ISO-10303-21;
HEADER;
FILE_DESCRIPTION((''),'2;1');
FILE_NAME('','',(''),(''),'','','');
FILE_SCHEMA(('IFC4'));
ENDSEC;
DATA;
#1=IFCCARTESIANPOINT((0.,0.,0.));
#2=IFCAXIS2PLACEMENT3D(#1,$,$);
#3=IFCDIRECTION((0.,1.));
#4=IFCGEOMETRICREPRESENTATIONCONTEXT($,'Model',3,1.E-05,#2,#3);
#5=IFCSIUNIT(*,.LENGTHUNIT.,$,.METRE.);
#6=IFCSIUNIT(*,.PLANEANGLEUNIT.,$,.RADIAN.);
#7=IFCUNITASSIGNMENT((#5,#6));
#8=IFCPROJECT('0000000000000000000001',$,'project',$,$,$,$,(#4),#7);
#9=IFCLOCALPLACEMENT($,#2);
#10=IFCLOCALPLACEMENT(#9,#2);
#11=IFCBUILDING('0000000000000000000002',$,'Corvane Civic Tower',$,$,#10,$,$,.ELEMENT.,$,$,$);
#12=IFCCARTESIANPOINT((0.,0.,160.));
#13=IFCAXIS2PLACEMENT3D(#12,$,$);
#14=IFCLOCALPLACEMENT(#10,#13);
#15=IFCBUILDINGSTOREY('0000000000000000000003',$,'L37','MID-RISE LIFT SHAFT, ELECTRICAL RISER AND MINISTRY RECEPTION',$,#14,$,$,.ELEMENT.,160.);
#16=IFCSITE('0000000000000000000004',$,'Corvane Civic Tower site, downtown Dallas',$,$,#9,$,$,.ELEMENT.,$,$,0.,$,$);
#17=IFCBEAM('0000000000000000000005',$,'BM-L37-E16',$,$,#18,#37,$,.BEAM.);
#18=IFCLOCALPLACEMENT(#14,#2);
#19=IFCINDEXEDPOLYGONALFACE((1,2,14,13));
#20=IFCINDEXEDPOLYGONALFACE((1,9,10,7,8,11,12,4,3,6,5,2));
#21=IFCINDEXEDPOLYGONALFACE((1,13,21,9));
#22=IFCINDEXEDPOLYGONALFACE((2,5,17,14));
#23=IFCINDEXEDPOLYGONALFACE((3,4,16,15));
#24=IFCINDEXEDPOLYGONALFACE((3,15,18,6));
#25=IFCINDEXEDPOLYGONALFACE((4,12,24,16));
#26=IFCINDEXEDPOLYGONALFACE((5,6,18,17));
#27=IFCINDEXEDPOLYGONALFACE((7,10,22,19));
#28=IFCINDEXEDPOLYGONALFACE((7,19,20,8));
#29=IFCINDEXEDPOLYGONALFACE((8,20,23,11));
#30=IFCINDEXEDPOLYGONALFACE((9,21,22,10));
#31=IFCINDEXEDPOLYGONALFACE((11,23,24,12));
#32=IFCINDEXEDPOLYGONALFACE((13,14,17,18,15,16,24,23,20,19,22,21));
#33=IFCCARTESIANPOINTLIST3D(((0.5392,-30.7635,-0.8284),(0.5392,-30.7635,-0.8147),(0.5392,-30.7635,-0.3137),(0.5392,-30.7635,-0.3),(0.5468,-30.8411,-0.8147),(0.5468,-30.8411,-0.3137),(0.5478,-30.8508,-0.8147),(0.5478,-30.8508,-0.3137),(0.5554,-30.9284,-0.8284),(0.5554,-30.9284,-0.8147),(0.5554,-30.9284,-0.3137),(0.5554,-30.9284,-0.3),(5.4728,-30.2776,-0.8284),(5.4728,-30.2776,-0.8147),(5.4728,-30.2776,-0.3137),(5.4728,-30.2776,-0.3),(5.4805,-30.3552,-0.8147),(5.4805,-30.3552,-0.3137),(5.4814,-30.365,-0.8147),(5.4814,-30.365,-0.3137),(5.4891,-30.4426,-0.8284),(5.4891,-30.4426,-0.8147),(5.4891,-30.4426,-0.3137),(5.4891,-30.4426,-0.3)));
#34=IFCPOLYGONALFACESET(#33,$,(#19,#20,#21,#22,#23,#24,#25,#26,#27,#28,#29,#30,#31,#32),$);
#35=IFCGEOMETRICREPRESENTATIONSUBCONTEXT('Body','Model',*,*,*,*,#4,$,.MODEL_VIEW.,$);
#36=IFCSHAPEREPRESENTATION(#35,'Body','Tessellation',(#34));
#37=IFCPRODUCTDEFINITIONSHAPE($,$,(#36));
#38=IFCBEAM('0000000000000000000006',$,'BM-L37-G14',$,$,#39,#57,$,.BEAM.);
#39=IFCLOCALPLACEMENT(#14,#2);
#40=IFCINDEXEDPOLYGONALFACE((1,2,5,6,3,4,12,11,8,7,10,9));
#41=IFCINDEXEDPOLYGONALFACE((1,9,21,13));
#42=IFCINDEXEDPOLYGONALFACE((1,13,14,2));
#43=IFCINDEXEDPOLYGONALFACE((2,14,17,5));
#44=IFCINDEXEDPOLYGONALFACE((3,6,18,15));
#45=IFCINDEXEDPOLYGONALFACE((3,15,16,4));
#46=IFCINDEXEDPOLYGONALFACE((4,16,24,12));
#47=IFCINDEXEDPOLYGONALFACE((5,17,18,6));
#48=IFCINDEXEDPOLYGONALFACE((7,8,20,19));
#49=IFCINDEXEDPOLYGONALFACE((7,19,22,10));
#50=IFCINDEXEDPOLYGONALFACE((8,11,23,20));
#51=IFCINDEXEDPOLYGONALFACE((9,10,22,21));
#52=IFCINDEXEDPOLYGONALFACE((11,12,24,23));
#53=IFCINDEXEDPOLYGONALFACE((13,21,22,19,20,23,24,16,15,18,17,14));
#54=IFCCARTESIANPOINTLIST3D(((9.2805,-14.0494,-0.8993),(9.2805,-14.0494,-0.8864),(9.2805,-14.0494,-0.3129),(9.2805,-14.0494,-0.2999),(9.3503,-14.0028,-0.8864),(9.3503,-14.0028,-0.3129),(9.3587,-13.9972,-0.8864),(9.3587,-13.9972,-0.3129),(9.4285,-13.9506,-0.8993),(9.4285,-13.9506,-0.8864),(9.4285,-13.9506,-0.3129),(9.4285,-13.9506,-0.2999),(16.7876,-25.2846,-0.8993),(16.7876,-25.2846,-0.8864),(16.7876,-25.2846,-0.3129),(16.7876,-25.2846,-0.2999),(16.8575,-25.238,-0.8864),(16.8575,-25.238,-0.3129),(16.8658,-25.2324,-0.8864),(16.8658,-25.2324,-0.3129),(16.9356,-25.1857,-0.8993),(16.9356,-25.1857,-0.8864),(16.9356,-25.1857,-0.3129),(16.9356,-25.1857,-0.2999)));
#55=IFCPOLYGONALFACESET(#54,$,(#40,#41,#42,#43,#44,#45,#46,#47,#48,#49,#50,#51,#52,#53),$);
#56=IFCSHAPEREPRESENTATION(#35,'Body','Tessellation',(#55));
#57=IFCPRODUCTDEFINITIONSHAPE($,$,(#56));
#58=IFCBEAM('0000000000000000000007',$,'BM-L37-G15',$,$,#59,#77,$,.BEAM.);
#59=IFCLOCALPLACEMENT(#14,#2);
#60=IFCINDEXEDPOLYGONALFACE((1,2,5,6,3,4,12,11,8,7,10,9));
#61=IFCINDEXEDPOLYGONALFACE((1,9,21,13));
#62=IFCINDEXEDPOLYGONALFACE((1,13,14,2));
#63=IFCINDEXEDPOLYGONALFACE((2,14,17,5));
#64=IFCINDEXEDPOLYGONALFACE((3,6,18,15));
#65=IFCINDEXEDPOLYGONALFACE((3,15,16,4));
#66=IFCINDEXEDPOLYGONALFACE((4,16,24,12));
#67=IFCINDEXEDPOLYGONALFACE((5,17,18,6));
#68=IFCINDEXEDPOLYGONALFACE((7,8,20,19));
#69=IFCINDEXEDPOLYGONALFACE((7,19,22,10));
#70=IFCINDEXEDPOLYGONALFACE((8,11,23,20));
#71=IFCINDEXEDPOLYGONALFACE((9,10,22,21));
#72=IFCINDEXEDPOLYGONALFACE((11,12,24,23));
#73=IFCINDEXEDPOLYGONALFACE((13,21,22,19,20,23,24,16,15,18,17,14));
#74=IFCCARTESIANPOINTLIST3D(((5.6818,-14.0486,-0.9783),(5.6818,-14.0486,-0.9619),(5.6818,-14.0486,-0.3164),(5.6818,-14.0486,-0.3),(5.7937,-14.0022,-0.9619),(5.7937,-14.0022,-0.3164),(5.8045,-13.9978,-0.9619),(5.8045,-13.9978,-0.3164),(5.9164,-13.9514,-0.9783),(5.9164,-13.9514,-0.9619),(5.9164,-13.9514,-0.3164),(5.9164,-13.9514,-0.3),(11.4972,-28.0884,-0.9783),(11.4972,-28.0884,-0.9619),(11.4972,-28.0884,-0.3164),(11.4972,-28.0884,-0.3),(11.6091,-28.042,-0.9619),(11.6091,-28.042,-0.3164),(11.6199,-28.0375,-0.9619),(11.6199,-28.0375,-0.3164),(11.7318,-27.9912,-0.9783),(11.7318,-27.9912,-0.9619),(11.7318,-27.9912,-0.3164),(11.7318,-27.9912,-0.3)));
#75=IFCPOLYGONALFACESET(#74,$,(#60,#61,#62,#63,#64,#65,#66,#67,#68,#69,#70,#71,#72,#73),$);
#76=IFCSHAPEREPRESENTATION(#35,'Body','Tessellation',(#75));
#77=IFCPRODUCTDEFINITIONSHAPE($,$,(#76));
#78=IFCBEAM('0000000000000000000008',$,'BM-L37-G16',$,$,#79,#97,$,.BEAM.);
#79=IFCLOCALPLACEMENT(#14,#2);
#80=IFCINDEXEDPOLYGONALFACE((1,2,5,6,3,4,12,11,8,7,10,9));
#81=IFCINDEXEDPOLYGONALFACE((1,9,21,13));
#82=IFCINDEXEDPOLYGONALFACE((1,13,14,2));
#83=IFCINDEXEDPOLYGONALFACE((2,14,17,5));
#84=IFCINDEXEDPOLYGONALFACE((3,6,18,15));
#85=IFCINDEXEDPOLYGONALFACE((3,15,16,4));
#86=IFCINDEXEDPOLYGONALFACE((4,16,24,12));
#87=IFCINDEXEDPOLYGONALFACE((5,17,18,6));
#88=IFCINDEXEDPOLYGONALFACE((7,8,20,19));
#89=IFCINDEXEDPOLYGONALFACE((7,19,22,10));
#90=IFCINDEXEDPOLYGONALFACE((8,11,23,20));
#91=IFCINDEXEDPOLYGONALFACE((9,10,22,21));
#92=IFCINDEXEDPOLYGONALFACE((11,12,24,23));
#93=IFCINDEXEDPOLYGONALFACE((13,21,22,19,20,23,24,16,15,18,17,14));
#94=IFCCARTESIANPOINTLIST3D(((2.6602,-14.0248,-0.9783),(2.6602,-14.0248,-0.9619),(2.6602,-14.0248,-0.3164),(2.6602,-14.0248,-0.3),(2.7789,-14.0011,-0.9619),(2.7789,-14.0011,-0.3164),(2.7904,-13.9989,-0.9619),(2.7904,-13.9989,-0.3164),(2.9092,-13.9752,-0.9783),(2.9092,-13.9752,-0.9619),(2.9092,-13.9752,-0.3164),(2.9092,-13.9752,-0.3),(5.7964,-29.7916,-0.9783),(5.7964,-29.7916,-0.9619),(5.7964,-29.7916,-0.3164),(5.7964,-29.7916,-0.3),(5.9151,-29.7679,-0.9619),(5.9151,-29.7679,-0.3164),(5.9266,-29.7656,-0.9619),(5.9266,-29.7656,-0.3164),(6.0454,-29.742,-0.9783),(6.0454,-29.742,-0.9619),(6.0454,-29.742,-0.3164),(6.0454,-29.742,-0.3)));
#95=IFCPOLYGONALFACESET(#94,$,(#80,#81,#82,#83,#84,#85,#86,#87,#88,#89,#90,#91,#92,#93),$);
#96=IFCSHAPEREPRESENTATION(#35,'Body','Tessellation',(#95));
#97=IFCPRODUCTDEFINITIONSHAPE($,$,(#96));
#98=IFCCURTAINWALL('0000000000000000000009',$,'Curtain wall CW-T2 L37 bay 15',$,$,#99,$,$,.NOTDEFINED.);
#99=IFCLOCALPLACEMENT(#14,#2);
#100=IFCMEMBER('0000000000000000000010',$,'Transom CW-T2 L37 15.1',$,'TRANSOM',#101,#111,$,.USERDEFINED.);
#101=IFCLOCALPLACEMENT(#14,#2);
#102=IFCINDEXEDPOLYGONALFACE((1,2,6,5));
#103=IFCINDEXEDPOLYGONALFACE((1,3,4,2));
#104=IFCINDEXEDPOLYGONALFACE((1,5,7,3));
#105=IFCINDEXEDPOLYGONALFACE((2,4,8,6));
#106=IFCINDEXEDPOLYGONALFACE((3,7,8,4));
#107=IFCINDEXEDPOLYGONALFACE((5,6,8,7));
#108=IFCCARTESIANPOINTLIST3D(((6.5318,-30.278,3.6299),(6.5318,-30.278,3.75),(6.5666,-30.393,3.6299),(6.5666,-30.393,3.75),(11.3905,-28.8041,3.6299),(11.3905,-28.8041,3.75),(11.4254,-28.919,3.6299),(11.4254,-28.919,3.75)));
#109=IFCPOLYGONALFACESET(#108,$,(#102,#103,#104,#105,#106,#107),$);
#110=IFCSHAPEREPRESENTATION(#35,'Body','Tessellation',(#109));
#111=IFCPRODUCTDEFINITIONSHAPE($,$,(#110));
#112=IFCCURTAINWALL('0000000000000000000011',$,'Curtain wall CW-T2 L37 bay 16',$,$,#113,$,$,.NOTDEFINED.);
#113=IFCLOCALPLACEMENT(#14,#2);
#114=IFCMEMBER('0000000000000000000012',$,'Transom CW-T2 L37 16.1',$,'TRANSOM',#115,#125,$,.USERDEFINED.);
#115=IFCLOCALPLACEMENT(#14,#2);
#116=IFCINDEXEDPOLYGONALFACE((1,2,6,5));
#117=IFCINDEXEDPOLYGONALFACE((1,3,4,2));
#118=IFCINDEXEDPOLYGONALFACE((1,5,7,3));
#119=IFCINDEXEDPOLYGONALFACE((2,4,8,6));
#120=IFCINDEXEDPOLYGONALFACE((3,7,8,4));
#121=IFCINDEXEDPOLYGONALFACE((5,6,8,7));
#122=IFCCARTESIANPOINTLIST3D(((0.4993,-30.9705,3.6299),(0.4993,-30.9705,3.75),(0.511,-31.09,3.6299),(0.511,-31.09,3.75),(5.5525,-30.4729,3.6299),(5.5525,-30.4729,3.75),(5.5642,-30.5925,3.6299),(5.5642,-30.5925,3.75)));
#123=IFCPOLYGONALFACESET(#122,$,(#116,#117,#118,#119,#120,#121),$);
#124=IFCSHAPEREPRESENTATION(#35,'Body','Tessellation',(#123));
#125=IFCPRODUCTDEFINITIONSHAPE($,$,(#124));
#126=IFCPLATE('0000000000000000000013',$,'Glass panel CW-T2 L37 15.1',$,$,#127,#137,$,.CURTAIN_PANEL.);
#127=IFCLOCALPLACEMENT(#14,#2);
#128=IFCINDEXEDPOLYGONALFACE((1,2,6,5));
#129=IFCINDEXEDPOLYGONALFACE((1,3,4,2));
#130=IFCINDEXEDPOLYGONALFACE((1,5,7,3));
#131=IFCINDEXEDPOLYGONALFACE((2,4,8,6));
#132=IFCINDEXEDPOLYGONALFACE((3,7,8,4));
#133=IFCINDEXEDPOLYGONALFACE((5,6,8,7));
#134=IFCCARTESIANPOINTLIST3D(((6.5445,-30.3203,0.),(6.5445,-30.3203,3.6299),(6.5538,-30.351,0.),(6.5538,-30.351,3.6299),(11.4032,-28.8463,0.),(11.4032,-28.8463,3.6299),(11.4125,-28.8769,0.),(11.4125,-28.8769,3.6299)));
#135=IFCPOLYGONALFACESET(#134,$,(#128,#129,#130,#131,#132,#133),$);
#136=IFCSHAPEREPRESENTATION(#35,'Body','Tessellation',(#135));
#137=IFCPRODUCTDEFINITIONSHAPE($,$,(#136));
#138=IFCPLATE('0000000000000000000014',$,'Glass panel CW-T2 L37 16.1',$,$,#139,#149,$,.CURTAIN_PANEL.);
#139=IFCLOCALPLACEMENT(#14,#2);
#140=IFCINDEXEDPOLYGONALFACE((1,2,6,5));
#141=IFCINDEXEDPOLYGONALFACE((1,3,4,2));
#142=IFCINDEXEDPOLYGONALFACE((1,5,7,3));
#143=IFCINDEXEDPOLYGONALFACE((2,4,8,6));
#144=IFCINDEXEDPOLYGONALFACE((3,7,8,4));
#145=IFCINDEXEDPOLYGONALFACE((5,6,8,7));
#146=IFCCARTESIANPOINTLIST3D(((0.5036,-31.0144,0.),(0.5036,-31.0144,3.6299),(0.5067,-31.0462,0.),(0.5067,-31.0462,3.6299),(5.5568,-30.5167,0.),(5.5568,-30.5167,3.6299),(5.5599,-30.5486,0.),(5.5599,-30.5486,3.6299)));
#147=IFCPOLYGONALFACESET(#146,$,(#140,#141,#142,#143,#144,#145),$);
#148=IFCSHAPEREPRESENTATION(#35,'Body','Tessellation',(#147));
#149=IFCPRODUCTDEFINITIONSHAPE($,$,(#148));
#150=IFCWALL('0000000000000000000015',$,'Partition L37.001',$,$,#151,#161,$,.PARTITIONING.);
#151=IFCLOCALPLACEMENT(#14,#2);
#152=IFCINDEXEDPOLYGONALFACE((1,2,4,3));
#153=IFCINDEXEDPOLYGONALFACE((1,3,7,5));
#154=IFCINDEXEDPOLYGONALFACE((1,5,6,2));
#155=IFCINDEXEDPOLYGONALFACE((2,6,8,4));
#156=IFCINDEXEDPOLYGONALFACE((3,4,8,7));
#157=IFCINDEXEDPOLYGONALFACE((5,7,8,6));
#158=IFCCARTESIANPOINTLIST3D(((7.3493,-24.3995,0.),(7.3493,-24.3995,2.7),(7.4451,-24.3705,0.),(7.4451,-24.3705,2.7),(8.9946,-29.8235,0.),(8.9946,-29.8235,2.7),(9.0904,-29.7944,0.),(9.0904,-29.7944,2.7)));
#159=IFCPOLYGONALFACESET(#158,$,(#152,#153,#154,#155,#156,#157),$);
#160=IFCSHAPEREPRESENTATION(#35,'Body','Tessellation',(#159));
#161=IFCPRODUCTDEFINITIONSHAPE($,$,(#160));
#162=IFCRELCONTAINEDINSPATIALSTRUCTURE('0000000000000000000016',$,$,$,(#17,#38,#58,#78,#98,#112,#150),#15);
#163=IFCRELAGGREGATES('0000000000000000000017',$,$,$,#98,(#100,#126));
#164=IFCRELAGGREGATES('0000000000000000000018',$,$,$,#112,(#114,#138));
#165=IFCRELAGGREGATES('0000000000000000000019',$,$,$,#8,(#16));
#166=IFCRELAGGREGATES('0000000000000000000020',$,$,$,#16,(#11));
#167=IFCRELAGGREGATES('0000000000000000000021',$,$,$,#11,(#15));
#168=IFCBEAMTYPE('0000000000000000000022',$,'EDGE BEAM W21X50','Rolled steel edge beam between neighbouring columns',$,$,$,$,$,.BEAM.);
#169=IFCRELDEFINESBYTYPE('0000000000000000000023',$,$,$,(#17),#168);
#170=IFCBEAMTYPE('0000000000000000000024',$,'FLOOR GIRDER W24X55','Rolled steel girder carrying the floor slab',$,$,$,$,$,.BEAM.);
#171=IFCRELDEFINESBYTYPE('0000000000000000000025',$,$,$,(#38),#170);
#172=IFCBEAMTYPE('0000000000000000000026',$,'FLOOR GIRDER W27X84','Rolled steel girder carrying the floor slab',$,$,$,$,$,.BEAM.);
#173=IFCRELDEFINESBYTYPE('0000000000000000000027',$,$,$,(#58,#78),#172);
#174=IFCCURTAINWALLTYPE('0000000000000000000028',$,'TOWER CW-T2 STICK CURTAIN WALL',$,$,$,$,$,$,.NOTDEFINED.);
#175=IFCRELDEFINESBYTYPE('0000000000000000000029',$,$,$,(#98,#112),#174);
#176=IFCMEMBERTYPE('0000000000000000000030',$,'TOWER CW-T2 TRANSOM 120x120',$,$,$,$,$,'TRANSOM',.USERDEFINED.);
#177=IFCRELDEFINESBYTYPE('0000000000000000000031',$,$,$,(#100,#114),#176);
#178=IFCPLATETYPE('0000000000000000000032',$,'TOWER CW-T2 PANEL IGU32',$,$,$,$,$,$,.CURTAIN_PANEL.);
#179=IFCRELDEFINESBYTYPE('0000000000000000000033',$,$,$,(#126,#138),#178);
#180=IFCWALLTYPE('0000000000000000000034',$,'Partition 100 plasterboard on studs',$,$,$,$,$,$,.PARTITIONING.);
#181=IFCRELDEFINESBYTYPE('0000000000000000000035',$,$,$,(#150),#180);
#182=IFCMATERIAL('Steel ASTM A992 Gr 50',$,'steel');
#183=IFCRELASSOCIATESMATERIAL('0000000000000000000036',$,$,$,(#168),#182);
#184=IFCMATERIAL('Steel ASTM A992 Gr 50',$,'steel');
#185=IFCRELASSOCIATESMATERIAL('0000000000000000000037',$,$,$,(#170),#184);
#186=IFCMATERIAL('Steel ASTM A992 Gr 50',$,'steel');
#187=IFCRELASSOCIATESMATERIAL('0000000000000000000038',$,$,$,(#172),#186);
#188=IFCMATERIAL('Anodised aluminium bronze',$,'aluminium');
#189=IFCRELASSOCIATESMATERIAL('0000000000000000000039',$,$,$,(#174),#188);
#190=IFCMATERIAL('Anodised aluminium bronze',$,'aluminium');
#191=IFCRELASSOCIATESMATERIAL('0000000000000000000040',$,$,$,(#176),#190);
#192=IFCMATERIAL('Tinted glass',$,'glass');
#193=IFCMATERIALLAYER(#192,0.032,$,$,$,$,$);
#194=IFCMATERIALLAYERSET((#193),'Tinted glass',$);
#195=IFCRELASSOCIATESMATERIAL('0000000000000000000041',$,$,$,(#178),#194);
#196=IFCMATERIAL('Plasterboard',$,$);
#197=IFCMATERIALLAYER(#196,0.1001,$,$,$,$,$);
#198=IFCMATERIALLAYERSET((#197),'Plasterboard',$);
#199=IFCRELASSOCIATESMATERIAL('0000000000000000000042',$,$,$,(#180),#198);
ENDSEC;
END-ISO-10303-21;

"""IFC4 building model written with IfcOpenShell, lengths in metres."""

from ifc_helpers import new_model, si_unit, direction, frame, frame_2d, origin, origin_2d, place, context, subcontext, project, spatial, rectangle, i_section, extrude, material, layer, layer_set, material_profile, profile_set, type_object, element, aggregate, save


model = new_model("IFC4")

# Units and contexts
model_context = context("Model", 3, precision=1e-05, world=origin(), true_north=direction((0.0, 1.0)))
body_context = subcontext(model_context, "Body", "Model", "MODEL_VIEW")
ifc_project = project(units=[si_unit("LENGTHUNIT", "METRE"), si_unit("PLANEANGLEUNIT", "RADIAN")], contexts=[model_context])

# Site, building, storey
site_placement = place(None, origin())
site = spatial("IfcSite", under=ifc_project, at=site_placement, Name="Corvane Civic Tower site, downtown Dallas", CompositionType="ELEMENT", RefElevation=0.0)
building_placement = place(site_placement, origin())
building = spatial("IfcBuilding", under=site, at=building_placement, Name="Corvane Civic Tower", CompositionType="ELEMENT")
storey_placement = place(building_placement, frame((0.0, 0.0, 160.0)))
storey = spatial("IfcBuildingStorey", under=building, at=storey_placement, Name="L37", Description="MID-RISE LIFT SHAFT, ELECTRICAL RISER AND MINISTRY RECEPTION", CompositionType="ELEMENT", Elevation=160.0)

# Beams
ifc_material_1 = material(Name="Steel ASTM A992 Gr 50", Category="steel")
ifc_material_profile_1 = material_profile(ifc_material_1, i_section(OverallWidth=0.1658, OverallDepth=0.5283, WebThickness=0.0098, FlangeThickness=0.0137, at=origin_2d()), Name="W21X50")
ifc_profile_set_1 = profile_set([ifc_material_profile_1], Name="Steel ASTM A992 Gr 50")
beam_type_1 = type_object("IfcBeamType", Name="EDGE BEAM W21X50", Description="Rolled steel edge beam between neighbouring columns", PredefinedType="BEAM", material=ifc_profile_set_1)
beam_1_placement = place(storey_placement, frame((5.481, -30.3601, -0.5642), z_axis=(-0.995186, -0.098002, 0.0), x_axis=(0.098002, -0.995186, 0.0)))
element("IfcBeam", 1, at=beam_1_placement, inside=storey, type_object=beam_type_1, Name="BM-L37-E16", PredefinedType="BEAM", context=body_context, shape_type="SweptSolid", body=[
    extrude(i_section(OverallWidth=0.1658, OverallDepth=0.5283, WebThickness=0.0098, FlangeThickness=0.0137, at=origin_2d()), origin(), (0.0, 0.0, 1.0), 4.9575),
])
ifc_material_2 = material(Name="Steel ASTM A992 Gr 50", Category="steel")
ifc_material_profile_2 = material_profile(ifc_material_2, i_section(OverallWidth=0.178, OverallDepth=0.5994, WebThickness=0.01, FlangeThickness=0.0129, at=origin_2d()), Name="W24X55")
ifc_profile_set_2 = profile_set([ifc_material_profile_2], Name="Steel ASTM A992 Gr 50")
beam_type_2 = type_object("IfcBeamType", Name="FLOOR GIRDER W24X55", Description="Rolled steel girder carrying the floor slab", PredefinedType="BEAM", material=ifc_profile_set_2)
beam_2_placement = place(storey_placement, frame((9.3545, -14.0, -0.5996), z_axis=(0.555571, -0.831469, 0.0), x_axis=(0.831469, 0.555571, 0.0)))
element("IfcBeam", 2, at=beam_2_placement, inside=storey, type_object=beam_type_2, Name="BM-L37-G14", PredefinedType="BEAM", context=body_context, shape_type="SweptSolid", body=[
    extrude(i_section(OverallWidth=0.178, OverallDepth=0.5994, WebThickness=0.01, FlangeThickness=0.0129, at=origin_2d()), origin(), (0.0, 0.0, 1.0), 13.5125),
])
ifc_material_3 = material(Name="Steel ASTM A992 Gr 50", Category="steel")
ifc_material_profile_3 = material_profile(ifc_material_3, i_section(OverallWidth=0.2539, OverallDepth=0.6782, WebThickness=0.0117, FlangeThickness=0.0164, at=origin_2d()), Name="W27X84")
ifc_profile_set_3 = profile_set([ifc_material_profile_3], Name="Steel ASTM A992 Gr 50")
beam_type_3 = type_object("IfcBeamType", Name="FLOOR GIRDER W27X84", Description="Rolled steel girder carrying the floor slab", PredefinedType="BEAM", material=ifc_profile_set_3)
beam_3_placement = place(storey_placement, frame((5.7991, -14.0, -0.6392), z_axis=(0.382681, -0.923881, 0.0), x_axis=(0.923881, 0.382681, 0.0)))
element("IfcBeam", 3, at=beam_3_placement, inside=storey, type_object=beam_type_3, Name="BM-L37-G15", PredefinedType="BEAM", context=body_context, shape_type="SweptSolid", body=[
    extrude(i_section(OverallWidth=0.2539, OverallDepth=0.6782, WebThickness=0.0117, FlangeThickness=0.0164, at=origin_2d()), origin(), (0.0, 0.0, 1.0), 15.1965),
])
beam_4_placement = place(storey_placement, frame((2.7847, -14.0, -0.6392), z_axis=(0.195091, -0.980785, 0.0), x_axis=(0.980785, 0.195091, 0.0)))
element("IfcBeam", 4, at=beam_4_placement, inside=storey, type_object=beam_type_3, Name="BM-L37-G16", PredefinedType="BEAM", context=body_context, shape_type="SweptSolid", body=[
    extrude(i_section(OverallWidth=0.2539, OverallDepth=0.6782, WebThickness=0.0117, FlangeThickness=0.0164, at=origin_2d()), origin(), (0.0, 0.0, 1.0), 16.0757),
])

# Curtain walls, members
ifc_material_4 = material(Name="Anodised aluminium bronze", Category="aluminium")
curtain_wall_type = type_object("IfcCurtainWallType", Name="TOWER CW-T2 STICK CURTAIN WALL", PredefinedType="NOTDEFINED", material=ifc_material_4)
curtain_wall_1_placement = place(storey_placement, origin())
curtain_wall_1 = element("IfcCurtainWall", 5, at=curtain_wall_1_placement, inside=storey, type_object=curtain_wall_type, Name="Curtain wall CW-T2 L37 bay 15", PredefinedType="NOTDEFINED")
ifc_material_5 = material(Name="Anodised aluminium bronze", Category="aluminium")
ifc_material_profile_4 = material_profile(ifc_material_5, rectangle(XDim=0.1201, YDim=0.1201, at=origin_2d()), Name="TOWER CW-T2 TRANSOM 120x120")
ifc_profile_set_4 = profile_set([ifc_material_profile_4], Name="Anodised aluminium bronze")
member_type = type_object("IfcMemberType", Name="TOWER CW-T2 TRANSOM 120x120", ElementType="TRANSOM", PredefinedType="USERDEFINED", material=ifc_profile_set_4)
member_1_placement = place(storey_placement, frame((11.408, -28.8616, 3.6899), z_axis=(-0.956939, -0.290289, 0.0), x_axis=(0.290289, -0.956939, 0.0)))
member_1 = element("IfcMember", 6, at=member_1_placement, type_object=member_type, Name="Transom CW-T2 L37 15.1", ObjectType="TRANSOM", PredefinedType="USERDEFINED", context=body_context, shape_type="SweptSolid", body=[
    extrude(rectangle(XDim=0.1201, YDim=0.1201, at=origin_2d()), origin(), (0.0, 0.0, 1.0), 5.0774),
])
curtain_wall_2_placement = place(storey_placement, origin())
curtain_wall_2 = element("IfcCurtainWall", 7, at=curtain_wall_2_placement, inside=storey, type_object=curtain_wall_type, Name="Curtain wall CW-T2 L37 bay 16", PredefinedType="NOTDEFINED")
member_2_placement = place(storey_placement, frame((5.5583, -30.5327, 3.6899), z_axis=(-0.995187, -0.09799, 0.0), x_axis=(0.09799, -0.995187, 0.0)))
member_2 = element("IfcMember", 8, at=member_2_placement, type_object=member_type, Name="Transom CW-T2 L37 16.1", ObjectType="TRANSOM", PredefinedType="USERDEFINED", context=body_context, shape_type="SweptSolid", body=[
    extrude(rectangle(XDim=0.1201, YDim=0.1201, at=origin_2d()), origin(), (0.0, 0.0, 1.0), 5.0776),
])

# Plates
ifc_material_6 = material(Name="Tinted glass", Category="glass")
ifc_layer_1 = layer(ifc_material_6, 0.032)
ifc_layer_set_1 = layer_set([ifc_layer_1], Name="Tinted glass")
plate_type = type_object("IfcPlateType", Name="TOWER CW-T2 PANEL IGU32", PredefinedType="CURTAIN_PANEL", material=ifc_layer_set_1)
plate_1_placement = place(storey_placement, frame((8.9785, -29.5986, 0.0), z_axis=(0.0, 0.0, 1.0), x_axis=(-0.956932, -0.290313, 0.0)))
plate_1 = element("IfcPlate", 9, at=plate_1_placement, type_object=plate_type, Name="Glass panel CW-T2 L37 15.1", PredefinedType="CURTAIN_PANEL", context=body_context, shape_type="SweptSolid", body=[
    extrude(rectangle(XDim=5.0774, YDim=0.032, at=origin_2d()), origin(), (0.0, 0.0, 1.0), 3.6299),
])
aggregate(curtain_wall_1, [member_1, plate_1])
plate_2_placement = place(storey_placement, frame((3.0317, -30.7815, 0.0), z_axis=(0.0, 0.0, 1.0), x_axis=(-0.995185, -0.098012, 0.0)))
plate_2 = element("IfcPlate", 10, at=plate_2_placement, type_object=plate_type, Name="Glass panel CW-T2 L37 16.1", PredefinedType="CURTAIN_PANEL", context=body_context, shape_type="SweptSolid", body=[
    extrude(rectangle(XDim=5.0776, YDim=0.032, at=origin_2d()), origin(), (0.0, 0.0, 1.0), 3.6299),
])
aggregate(curtain_wall_2, [member_2, plate_2])

# Wall
ifc_material_7 = material(Name="Plasterboard")
ifc_layer_2 = layer(ifc_material_7, 0.1001)
ifc_layer_set_2 = layer_set([ifc_layer_2], Name="Plasterboard")
wall_type = type_object("IfcWallType", Name="Partition 100 plasterboard on studs", PredefinedType="PARTITIONING", material=ifc_layer_set_2)
wall_1_placement = place(storey_placement, frame((7.3972, -24.385, 0.0), z_axis=(0.0, 0.0, 1.0), x_axis=(0.290279, -0.956942, 0.0)))
element("IfcWall", 11, at=wall_1_placement, inside=storey, type_object=wall_type, Name="Partition L37.001", PredefinedType="PARTITIONING", context=body_context, shape_type="SweptSolid", body=[
    extrude(rectangle(XDim=5.668, YDim=0.1001, at=frame_2d((2.834, 0.0))), origin(), (0.0, 0.0, 1.0), 2.7),
])

save(model, "model.ifc")
